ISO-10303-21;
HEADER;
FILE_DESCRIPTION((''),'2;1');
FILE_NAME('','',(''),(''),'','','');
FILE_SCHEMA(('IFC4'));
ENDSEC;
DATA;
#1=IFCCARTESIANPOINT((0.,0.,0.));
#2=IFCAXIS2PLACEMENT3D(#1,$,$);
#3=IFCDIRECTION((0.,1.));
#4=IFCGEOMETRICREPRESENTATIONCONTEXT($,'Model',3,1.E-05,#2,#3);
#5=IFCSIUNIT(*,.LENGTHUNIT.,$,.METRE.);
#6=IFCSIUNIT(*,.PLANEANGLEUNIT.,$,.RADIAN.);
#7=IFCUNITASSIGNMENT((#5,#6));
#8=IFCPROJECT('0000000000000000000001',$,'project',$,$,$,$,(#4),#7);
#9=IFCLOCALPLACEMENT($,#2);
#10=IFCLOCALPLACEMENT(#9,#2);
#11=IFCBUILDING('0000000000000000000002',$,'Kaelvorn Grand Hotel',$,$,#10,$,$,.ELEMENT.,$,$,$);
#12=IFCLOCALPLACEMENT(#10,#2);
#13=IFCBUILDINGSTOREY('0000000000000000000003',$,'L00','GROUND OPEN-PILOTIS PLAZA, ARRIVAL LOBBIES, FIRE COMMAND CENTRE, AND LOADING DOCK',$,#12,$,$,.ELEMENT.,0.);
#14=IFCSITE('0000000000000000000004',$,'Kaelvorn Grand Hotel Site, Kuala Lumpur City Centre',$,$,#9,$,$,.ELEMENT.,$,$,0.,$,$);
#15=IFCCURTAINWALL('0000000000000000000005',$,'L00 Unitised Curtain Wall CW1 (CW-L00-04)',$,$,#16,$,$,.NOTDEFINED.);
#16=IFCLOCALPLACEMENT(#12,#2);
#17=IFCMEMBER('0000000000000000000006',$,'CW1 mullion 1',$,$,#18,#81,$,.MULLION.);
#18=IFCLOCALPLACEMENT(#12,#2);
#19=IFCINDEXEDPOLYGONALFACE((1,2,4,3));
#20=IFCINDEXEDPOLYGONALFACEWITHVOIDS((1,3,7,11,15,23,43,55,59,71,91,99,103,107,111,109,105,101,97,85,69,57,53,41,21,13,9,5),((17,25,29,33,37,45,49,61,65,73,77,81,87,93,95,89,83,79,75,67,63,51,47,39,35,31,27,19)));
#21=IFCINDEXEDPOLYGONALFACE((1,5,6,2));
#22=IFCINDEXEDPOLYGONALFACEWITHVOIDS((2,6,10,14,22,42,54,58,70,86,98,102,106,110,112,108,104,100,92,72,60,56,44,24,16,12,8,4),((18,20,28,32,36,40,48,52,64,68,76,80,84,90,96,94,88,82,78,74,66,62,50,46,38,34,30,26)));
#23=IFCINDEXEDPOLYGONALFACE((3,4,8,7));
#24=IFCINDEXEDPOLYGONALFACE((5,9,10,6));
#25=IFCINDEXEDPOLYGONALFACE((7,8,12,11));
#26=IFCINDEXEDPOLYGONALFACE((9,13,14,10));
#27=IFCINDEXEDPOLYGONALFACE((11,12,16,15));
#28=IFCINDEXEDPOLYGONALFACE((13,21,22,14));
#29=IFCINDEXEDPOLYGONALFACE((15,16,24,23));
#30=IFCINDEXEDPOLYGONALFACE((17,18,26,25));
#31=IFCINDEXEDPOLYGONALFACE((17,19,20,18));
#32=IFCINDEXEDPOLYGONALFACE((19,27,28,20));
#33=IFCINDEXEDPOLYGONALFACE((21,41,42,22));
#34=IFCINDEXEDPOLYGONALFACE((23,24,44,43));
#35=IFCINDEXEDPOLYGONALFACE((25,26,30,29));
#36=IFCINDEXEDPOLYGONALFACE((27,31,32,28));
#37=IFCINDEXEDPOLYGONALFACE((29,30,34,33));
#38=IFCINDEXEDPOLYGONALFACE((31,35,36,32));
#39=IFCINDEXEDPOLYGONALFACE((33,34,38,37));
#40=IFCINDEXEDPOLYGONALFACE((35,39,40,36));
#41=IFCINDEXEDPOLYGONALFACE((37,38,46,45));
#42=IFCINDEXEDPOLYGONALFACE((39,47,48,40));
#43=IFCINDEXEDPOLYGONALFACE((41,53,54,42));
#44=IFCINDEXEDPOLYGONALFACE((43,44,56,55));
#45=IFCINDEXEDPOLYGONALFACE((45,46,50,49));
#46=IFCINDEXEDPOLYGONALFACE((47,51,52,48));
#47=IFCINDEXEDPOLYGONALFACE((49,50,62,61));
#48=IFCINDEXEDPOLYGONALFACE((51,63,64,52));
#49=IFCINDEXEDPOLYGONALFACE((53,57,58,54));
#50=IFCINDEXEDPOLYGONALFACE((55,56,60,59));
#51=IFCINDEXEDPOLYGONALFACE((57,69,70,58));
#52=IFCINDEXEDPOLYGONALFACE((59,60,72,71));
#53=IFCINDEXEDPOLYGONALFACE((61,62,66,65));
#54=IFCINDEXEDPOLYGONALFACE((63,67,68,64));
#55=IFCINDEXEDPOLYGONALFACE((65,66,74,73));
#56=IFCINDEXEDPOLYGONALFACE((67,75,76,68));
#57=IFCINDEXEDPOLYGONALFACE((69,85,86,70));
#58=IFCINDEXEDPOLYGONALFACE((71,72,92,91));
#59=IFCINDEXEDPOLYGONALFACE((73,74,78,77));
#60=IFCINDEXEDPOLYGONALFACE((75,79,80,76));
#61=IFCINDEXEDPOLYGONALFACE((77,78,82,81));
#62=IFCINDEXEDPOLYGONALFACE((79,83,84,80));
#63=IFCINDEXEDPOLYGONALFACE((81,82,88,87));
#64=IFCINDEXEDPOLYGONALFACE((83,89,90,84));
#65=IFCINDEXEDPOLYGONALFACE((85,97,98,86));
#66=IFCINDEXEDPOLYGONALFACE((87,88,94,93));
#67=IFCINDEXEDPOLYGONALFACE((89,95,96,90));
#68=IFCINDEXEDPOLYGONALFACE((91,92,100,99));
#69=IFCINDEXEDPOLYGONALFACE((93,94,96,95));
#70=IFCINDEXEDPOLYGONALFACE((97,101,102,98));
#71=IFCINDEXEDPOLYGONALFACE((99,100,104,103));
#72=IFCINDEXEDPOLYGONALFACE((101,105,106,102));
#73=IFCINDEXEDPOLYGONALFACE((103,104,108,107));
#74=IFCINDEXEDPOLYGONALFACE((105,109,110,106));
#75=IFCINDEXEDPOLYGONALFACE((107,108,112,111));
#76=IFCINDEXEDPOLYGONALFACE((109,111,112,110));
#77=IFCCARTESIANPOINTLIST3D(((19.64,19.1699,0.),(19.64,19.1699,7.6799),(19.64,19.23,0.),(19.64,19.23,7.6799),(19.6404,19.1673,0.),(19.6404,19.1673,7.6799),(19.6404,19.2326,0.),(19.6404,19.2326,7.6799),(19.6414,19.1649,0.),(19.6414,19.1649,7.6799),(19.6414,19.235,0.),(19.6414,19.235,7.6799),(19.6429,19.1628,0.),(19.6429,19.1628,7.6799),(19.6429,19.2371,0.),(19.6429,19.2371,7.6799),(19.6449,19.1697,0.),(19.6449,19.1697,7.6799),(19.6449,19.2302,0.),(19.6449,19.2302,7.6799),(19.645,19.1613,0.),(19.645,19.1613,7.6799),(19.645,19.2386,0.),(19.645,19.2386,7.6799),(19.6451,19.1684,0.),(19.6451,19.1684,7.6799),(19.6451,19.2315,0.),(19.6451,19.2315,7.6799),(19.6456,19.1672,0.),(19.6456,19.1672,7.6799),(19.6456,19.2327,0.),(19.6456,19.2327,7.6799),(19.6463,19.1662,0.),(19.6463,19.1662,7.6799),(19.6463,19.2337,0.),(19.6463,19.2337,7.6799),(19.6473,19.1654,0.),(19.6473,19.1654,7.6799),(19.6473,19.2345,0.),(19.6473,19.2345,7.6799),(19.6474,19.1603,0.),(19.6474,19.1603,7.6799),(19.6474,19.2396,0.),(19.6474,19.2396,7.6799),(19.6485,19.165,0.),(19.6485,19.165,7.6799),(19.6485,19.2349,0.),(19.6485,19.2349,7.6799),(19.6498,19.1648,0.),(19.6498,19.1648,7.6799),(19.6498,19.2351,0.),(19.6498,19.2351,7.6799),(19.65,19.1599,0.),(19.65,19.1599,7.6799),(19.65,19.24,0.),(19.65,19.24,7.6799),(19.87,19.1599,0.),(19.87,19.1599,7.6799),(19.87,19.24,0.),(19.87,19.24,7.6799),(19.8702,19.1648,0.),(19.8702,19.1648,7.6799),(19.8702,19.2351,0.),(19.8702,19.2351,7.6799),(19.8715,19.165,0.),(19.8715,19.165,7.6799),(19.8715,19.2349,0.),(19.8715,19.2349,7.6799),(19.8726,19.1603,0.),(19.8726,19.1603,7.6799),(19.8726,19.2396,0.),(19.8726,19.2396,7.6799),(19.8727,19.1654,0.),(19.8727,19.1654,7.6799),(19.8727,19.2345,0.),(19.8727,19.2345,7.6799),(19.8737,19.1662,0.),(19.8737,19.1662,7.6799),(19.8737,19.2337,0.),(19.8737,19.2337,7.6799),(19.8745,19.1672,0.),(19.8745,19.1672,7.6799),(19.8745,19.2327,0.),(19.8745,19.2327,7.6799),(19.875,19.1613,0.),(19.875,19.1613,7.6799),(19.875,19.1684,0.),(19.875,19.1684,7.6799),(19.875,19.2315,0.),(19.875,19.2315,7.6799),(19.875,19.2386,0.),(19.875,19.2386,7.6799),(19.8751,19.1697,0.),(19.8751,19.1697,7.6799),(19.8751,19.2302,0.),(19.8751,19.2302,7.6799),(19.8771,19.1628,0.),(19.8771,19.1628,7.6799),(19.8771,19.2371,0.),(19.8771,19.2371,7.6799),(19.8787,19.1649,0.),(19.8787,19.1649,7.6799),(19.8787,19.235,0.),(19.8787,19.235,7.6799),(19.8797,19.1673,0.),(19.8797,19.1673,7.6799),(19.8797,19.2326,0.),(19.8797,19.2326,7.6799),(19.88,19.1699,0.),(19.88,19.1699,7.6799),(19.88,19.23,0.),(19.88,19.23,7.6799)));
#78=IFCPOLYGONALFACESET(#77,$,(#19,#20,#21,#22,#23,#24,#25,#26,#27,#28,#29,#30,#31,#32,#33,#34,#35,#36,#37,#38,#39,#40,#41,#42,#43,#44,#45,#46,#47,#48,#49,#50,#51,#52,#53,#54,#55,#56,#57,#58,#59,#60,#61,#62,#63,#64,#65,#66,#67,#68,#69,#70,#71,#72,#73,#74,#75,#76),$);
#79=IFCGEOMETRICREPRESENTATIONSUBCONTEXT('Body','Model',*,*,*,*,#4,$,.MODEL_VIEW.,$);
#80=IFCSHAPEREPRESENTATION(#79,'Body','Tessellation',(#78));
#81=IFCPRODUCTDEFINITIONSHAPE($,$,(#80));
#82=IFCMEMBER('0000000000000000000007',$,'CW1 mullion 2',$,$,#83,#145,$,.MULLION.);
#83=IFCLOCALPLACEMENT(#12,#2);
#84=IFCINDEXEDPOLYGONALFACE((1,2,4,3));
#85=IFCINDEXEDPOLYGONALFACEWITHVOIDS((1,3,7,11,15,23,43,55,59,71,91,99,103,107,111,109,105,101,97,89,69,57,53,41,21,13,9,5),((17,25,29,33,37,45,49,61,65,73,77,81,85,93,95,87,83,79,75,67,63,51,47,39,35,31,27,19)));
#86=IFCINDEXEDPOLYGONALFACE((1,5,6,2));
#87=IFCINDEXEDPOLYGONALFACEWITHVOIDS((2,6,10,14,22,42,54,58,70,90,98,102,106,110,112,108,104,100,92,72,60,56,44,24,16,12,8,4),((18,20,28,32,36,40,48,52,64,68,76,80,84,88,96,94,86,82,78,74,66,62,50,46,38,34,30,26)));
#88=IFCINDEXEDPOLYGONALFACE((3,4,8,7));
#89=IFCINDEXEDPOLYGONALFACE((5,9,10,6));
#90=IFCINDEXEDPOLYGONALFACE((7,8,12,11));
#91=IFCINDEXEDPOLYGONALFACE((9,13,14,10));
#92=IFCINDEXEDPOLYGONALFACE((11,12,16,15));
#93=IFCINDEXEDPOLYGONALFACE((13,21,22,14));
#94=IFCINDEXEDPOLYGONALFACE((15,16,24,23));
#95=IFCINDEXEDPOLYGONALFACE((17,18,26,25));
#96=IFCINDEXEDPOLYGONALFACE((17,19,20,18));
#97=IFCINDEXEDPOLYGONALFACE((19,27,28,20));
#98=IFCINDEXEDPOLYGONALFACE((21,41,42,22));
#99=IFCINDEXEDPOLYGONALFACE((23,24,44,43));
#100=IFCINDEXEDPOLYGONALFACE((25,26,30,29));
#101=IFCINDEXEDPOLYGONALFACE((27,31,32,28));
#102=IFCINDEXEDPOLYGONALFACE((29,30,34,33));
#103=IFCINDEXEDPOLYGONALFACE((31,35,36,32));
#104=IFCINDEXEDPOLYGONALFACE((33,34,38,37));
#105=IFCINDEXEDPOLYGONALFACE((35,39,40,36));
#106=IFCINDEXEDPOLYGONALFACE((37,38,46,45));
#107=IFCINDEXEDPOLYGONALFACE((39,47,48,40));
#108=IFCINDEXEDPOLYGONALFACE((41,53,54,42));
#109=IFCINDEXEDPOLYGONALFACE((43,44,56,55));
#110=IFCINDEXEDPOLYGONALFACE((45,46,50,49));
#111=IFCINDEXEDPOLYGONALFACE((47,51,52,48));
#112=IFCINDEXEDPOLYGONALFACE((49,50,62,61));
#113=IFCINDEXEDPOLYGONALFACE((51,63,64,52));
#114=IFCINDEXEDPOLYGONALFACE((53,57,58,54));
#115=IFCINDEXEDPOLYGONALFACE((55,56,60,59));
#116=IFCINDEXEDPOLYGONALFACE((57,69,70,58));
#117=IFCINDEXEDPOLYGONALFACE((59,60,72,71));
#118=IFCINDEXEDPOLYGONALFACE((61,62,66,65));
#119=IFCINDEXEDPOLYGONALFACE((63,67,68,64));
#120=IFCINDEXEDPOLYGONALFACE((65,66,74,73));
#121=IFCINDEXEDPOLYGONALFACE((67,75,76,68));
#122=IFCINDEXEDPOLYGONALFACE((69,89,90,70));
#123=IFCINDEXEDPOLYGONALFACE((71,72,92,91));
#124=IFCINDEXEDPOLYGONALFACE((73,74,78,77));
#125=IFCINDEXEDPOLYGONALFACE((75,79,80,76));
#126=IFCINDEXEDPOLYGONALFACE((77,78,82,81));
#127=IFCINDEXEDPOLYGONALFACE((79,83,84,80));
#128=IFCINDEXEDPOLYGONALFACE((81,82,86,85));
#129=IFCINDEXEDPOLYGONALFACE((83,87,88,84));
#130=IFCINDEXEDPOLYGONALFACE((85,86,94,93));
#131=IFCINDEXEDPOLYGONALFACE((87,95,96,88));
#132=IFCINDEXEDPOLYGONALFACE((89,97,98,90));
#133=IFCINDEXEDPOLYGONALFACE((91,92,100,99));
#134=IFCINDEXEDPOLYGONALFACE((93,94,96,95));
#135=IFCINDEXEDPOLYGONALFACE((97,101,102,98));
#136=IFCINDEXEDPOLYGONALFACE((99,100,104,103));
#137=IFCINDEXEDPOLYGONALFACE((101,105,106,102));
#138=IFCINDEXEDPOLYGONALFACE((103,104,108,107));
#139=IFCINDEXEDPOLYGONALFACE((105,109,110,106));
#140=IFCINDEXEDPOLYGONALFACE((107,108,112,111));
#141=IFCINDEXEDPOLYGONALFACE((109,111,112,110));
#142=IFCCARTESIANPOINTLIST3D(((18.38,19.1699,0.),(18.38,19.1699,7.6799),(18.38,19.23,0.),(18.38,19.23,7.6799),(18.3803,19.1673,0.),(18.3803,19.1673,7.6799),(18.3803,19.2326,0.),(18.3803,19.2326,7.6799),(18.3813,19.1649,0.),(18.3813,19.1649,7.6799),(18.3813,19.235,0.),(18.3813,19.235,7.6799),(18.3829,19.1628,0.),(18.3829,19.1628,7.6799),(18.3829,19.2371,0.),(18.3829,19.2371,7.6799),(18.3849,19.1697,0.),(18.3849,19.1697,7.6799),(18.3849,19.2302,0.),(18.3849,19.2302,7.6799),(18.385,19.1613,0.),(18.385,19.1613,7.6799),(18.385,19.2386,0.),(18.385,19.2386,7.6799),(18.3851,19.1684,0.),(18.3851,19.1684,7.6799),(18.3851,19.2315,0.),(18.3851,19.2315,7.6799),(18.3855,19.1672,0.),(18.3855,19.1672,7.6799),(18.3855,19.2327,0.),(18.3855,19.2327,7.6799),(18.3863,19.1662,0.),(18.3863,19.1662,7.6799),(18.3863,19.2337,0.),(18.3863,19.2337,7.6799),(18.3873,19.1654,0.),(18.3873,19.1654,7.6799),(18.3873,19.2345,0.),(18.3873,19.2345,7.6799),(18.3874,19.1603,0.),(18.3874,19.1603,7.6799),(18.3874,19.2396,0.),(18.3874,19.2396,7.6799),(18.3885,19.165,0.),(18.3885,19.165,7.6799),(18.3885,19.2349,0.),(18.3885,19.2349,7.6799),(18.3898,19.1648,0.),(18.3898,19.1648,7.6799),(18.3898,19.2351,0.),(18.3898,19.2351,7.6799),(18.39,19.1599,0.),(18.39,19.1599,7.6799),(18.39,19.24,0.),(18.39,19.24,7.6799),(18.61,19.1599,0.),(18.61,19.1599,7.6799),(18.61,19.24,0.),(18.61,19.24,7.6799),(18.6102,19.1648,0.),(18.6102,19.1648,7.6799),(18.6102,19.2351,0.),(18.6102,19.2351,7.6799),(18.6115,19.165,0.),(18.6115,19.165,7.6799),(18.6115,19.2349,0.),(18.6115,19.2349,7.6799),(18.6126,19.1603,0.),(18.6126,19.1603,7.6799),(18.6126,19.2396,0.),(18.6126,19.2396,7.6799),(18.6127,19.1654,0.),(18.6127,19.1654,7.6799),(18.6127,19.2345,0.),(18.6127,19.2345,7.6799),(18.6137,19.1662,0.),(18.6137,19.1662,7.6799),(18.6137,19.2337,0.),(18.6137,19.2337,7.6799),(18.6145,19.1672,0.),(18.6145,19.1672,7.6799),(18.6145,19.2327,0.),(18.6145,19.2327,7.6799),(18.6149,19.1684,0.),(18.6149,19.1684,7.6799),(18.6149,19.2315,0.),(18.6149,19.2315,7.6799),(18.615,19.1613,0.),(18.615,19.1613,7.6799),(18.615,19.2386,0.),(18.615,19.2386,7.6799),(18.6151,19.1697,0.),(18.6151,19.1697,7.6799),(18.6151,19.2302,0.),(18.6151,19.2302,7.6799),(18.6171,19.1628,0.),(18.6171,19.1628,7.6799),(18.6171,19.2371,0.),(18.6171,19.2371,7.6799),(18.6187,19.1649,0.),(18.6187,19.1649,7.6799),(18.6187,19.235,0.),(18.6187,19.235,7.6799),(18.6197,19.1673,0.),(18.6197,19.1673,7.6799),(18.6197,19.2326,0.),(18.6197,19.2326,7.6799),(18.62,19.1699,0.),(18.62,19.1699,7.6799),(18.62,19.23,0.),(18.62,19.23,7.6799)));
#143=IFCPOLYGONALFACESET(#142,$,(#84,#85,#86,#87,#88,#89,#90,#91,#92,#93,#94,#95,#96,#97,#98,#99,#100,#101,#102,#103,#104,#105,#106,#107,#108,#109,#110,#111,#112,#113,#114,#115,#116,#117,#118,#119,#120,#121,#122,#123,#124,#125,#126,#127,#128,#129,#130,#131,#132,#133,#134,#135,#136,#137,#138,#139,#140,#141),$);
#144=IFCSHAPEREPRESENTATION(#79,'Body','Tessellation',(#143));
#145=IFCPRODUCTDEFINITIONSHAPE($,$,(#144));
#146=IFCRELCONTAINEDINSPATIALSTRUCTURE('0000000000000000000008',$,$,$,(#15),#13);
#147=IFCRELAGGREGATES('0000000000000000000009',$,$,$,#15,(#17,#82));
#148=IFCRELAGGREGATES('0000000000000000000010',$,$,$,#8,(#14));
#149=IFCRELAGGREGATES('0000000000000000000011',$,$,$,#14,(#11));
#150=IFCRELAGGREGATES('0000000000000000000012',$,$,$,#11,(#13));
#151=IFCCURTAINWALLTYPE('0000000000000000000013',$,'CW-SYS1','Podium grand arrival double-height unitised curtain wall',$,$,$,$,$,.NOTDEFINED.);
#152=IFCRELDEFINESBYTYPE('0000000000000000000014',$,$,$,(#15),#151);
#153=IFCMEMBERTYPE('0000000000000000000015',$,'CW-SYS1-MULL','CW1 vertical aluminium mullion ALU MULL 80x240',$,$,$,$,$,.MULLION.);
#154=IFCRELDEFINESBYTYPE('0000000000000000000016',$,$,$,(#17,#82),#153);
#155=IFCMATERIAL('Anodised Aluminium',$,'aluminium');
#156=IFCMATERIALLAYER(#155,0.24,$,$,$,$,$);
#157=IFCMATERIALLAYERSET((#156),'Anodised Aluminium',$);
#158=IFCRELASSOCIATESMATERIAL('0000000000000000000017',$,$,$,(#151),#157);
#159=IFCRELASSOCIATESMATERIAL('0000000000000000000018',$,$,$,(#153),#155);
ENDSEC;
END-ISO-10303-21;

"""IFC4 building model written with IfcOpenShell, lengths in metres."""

from ifc_helpers import new_model, si_unit, direction, frame, origin, origin_2d, place, context, subcontext, project, spatial, hollow_rectangle, extrude, material, layer, layer_set, material_profile, profile_set, type_object, element, aggregate, save


model = new_model("IFC4")

# Units and contexts
model_context = context("Model", 3, precision=1e-05, world=origin(), true_north=direction((0.0, 1.0)))
body_context = subcontext(model_context, "Body", "Model", "MODEL_VIEW")
ifc_project = project(units=[si_unit("LENGTHUNIT", "METRE"), si_unit("PLANEANGLEUNIT", "RADIAN")], contexts=[model_context])

# Site, building, storey
site_placement = place(None, origin())
site = spatial("IfcSite", under=ifc_project, at=site_placement, Name="Kaelvorn Grand Hotel Site, Kuala Lumpur City Centre", CompositionType="ELEMENT", RefElevation=0.0)
building_placement = place(site_placement, origin())
building = spatial("IfcBuilding", under=site, at=building_placement, Name="Kaelvorn Grand Hotel", CompositionType="ELEMENT")
storey_placement = place(building_placement, origin())
storey = spatial("IfcBuildingStorey", under=building, at=storey_placement, Name="L00", Description="GROUND OPEN-PILOTIS PLAZA, ARRIVAL LOBBIES, FIRE COMMAND CENTRE, AND LOADING DOCK", CompositionType="ELEMENT", Elevation=0.0)

# Shared definitions
ifc_material_1 = material(Name="Anodised Aluminium", Category="aluminium")
ifc_layer_1 = layer(ifc_material_1, 0.24)
ifc_layer_set_1 = layer_set([ifc_layer_1], Name="Anodised Aluminium")
curtain_wall_type = type_object("IfcCurtainWallType", Name="CW-SYS1", Description="Podium grand arrival double-height unitised curtain wall", PredefinedType="NOTDEFINED", material=ifc_layer_set_1)
ifc_material_profile_1 = material_profile(ifc_material_1, hollow_rectangle(XDim=0.0801, YDim=0.24, WallThickness=0.0049, InnerFilletRadius=0.0049, OuterFilletRadius=0.01, at=origin_2d()), Name="ALU MULL 80x240")
ifc_profile_set_1 = profile_set([ifc_material_profile_1], Name="Anodised Aluminium")
member_type_1 = type_object("IfcMemberType", Name="CW-SYS1-MULL", Description="CW1 vertical aluminium mullion ALU MULL 80x240", PredefinedType="MULLION", material=ifc_profile_set_1)

# Curtain wall, members
curtain_wall_1_placement = place(storey_placement, origin())
curtain_wall_1 = element("IfcCurtainWall", 1, at=curtain_wall_1_placement, inside=storey, type_object=curtain_wall_type, Name="L00 Unitised Curtain Wall CW1 (CW-L00-04)", PredefinedType="NOTDEFINED")
member_1_placement = place(storey_placement, frame((19.76, 19.2, 0.0), z_axis=(0.0, 0.0, 1.0), x_axis=(0.0, -1.0, 0.0)))
member_1 = element("IfcMember", 2, at=member_1_placement, type_object=member_type_1, Name="CW1 mullion 1", PredefinedType="MULLION", context=body_context, shape_type="SweptSolid", body=[
    extrude(hollow_rectangle(XDim=0.0801, YDim=0.24, WallThickness=0.0049, InnerFilletRadius=0.0049, OuterFilletRadius=0.01, at=origin_2d()), origin(), (0.0, 0.0, 1.0), 7.6799),
])
member_2_placement = place(storey_placement, frame((18.5, 19.2, 0.0), z_axis=(0.0, 0.0, 1.0), x_axis=(0.0, -1.0, 0.0)))
member_2 = element("IfcMember", 3, at=member_2_placement, type_object=member_type_1, Name="CW1 mullion 2", PredefinedType="MULLION", context=body_context, shape_type="SweptSolid", body=[
    extrude(hollow_rectangle(XDim=0.0801, YDim=0.24, WallThickness=0.0049, InnerFilletRadius=0.0049, OuterFilletRadius=0.01, at=origin_2d()), origin(), (0.0, 0.0, 1.0), 7.6799),
])

aggregate(curtain_wall_1, [member_1, member_2])

save(model, "model.ifc")
